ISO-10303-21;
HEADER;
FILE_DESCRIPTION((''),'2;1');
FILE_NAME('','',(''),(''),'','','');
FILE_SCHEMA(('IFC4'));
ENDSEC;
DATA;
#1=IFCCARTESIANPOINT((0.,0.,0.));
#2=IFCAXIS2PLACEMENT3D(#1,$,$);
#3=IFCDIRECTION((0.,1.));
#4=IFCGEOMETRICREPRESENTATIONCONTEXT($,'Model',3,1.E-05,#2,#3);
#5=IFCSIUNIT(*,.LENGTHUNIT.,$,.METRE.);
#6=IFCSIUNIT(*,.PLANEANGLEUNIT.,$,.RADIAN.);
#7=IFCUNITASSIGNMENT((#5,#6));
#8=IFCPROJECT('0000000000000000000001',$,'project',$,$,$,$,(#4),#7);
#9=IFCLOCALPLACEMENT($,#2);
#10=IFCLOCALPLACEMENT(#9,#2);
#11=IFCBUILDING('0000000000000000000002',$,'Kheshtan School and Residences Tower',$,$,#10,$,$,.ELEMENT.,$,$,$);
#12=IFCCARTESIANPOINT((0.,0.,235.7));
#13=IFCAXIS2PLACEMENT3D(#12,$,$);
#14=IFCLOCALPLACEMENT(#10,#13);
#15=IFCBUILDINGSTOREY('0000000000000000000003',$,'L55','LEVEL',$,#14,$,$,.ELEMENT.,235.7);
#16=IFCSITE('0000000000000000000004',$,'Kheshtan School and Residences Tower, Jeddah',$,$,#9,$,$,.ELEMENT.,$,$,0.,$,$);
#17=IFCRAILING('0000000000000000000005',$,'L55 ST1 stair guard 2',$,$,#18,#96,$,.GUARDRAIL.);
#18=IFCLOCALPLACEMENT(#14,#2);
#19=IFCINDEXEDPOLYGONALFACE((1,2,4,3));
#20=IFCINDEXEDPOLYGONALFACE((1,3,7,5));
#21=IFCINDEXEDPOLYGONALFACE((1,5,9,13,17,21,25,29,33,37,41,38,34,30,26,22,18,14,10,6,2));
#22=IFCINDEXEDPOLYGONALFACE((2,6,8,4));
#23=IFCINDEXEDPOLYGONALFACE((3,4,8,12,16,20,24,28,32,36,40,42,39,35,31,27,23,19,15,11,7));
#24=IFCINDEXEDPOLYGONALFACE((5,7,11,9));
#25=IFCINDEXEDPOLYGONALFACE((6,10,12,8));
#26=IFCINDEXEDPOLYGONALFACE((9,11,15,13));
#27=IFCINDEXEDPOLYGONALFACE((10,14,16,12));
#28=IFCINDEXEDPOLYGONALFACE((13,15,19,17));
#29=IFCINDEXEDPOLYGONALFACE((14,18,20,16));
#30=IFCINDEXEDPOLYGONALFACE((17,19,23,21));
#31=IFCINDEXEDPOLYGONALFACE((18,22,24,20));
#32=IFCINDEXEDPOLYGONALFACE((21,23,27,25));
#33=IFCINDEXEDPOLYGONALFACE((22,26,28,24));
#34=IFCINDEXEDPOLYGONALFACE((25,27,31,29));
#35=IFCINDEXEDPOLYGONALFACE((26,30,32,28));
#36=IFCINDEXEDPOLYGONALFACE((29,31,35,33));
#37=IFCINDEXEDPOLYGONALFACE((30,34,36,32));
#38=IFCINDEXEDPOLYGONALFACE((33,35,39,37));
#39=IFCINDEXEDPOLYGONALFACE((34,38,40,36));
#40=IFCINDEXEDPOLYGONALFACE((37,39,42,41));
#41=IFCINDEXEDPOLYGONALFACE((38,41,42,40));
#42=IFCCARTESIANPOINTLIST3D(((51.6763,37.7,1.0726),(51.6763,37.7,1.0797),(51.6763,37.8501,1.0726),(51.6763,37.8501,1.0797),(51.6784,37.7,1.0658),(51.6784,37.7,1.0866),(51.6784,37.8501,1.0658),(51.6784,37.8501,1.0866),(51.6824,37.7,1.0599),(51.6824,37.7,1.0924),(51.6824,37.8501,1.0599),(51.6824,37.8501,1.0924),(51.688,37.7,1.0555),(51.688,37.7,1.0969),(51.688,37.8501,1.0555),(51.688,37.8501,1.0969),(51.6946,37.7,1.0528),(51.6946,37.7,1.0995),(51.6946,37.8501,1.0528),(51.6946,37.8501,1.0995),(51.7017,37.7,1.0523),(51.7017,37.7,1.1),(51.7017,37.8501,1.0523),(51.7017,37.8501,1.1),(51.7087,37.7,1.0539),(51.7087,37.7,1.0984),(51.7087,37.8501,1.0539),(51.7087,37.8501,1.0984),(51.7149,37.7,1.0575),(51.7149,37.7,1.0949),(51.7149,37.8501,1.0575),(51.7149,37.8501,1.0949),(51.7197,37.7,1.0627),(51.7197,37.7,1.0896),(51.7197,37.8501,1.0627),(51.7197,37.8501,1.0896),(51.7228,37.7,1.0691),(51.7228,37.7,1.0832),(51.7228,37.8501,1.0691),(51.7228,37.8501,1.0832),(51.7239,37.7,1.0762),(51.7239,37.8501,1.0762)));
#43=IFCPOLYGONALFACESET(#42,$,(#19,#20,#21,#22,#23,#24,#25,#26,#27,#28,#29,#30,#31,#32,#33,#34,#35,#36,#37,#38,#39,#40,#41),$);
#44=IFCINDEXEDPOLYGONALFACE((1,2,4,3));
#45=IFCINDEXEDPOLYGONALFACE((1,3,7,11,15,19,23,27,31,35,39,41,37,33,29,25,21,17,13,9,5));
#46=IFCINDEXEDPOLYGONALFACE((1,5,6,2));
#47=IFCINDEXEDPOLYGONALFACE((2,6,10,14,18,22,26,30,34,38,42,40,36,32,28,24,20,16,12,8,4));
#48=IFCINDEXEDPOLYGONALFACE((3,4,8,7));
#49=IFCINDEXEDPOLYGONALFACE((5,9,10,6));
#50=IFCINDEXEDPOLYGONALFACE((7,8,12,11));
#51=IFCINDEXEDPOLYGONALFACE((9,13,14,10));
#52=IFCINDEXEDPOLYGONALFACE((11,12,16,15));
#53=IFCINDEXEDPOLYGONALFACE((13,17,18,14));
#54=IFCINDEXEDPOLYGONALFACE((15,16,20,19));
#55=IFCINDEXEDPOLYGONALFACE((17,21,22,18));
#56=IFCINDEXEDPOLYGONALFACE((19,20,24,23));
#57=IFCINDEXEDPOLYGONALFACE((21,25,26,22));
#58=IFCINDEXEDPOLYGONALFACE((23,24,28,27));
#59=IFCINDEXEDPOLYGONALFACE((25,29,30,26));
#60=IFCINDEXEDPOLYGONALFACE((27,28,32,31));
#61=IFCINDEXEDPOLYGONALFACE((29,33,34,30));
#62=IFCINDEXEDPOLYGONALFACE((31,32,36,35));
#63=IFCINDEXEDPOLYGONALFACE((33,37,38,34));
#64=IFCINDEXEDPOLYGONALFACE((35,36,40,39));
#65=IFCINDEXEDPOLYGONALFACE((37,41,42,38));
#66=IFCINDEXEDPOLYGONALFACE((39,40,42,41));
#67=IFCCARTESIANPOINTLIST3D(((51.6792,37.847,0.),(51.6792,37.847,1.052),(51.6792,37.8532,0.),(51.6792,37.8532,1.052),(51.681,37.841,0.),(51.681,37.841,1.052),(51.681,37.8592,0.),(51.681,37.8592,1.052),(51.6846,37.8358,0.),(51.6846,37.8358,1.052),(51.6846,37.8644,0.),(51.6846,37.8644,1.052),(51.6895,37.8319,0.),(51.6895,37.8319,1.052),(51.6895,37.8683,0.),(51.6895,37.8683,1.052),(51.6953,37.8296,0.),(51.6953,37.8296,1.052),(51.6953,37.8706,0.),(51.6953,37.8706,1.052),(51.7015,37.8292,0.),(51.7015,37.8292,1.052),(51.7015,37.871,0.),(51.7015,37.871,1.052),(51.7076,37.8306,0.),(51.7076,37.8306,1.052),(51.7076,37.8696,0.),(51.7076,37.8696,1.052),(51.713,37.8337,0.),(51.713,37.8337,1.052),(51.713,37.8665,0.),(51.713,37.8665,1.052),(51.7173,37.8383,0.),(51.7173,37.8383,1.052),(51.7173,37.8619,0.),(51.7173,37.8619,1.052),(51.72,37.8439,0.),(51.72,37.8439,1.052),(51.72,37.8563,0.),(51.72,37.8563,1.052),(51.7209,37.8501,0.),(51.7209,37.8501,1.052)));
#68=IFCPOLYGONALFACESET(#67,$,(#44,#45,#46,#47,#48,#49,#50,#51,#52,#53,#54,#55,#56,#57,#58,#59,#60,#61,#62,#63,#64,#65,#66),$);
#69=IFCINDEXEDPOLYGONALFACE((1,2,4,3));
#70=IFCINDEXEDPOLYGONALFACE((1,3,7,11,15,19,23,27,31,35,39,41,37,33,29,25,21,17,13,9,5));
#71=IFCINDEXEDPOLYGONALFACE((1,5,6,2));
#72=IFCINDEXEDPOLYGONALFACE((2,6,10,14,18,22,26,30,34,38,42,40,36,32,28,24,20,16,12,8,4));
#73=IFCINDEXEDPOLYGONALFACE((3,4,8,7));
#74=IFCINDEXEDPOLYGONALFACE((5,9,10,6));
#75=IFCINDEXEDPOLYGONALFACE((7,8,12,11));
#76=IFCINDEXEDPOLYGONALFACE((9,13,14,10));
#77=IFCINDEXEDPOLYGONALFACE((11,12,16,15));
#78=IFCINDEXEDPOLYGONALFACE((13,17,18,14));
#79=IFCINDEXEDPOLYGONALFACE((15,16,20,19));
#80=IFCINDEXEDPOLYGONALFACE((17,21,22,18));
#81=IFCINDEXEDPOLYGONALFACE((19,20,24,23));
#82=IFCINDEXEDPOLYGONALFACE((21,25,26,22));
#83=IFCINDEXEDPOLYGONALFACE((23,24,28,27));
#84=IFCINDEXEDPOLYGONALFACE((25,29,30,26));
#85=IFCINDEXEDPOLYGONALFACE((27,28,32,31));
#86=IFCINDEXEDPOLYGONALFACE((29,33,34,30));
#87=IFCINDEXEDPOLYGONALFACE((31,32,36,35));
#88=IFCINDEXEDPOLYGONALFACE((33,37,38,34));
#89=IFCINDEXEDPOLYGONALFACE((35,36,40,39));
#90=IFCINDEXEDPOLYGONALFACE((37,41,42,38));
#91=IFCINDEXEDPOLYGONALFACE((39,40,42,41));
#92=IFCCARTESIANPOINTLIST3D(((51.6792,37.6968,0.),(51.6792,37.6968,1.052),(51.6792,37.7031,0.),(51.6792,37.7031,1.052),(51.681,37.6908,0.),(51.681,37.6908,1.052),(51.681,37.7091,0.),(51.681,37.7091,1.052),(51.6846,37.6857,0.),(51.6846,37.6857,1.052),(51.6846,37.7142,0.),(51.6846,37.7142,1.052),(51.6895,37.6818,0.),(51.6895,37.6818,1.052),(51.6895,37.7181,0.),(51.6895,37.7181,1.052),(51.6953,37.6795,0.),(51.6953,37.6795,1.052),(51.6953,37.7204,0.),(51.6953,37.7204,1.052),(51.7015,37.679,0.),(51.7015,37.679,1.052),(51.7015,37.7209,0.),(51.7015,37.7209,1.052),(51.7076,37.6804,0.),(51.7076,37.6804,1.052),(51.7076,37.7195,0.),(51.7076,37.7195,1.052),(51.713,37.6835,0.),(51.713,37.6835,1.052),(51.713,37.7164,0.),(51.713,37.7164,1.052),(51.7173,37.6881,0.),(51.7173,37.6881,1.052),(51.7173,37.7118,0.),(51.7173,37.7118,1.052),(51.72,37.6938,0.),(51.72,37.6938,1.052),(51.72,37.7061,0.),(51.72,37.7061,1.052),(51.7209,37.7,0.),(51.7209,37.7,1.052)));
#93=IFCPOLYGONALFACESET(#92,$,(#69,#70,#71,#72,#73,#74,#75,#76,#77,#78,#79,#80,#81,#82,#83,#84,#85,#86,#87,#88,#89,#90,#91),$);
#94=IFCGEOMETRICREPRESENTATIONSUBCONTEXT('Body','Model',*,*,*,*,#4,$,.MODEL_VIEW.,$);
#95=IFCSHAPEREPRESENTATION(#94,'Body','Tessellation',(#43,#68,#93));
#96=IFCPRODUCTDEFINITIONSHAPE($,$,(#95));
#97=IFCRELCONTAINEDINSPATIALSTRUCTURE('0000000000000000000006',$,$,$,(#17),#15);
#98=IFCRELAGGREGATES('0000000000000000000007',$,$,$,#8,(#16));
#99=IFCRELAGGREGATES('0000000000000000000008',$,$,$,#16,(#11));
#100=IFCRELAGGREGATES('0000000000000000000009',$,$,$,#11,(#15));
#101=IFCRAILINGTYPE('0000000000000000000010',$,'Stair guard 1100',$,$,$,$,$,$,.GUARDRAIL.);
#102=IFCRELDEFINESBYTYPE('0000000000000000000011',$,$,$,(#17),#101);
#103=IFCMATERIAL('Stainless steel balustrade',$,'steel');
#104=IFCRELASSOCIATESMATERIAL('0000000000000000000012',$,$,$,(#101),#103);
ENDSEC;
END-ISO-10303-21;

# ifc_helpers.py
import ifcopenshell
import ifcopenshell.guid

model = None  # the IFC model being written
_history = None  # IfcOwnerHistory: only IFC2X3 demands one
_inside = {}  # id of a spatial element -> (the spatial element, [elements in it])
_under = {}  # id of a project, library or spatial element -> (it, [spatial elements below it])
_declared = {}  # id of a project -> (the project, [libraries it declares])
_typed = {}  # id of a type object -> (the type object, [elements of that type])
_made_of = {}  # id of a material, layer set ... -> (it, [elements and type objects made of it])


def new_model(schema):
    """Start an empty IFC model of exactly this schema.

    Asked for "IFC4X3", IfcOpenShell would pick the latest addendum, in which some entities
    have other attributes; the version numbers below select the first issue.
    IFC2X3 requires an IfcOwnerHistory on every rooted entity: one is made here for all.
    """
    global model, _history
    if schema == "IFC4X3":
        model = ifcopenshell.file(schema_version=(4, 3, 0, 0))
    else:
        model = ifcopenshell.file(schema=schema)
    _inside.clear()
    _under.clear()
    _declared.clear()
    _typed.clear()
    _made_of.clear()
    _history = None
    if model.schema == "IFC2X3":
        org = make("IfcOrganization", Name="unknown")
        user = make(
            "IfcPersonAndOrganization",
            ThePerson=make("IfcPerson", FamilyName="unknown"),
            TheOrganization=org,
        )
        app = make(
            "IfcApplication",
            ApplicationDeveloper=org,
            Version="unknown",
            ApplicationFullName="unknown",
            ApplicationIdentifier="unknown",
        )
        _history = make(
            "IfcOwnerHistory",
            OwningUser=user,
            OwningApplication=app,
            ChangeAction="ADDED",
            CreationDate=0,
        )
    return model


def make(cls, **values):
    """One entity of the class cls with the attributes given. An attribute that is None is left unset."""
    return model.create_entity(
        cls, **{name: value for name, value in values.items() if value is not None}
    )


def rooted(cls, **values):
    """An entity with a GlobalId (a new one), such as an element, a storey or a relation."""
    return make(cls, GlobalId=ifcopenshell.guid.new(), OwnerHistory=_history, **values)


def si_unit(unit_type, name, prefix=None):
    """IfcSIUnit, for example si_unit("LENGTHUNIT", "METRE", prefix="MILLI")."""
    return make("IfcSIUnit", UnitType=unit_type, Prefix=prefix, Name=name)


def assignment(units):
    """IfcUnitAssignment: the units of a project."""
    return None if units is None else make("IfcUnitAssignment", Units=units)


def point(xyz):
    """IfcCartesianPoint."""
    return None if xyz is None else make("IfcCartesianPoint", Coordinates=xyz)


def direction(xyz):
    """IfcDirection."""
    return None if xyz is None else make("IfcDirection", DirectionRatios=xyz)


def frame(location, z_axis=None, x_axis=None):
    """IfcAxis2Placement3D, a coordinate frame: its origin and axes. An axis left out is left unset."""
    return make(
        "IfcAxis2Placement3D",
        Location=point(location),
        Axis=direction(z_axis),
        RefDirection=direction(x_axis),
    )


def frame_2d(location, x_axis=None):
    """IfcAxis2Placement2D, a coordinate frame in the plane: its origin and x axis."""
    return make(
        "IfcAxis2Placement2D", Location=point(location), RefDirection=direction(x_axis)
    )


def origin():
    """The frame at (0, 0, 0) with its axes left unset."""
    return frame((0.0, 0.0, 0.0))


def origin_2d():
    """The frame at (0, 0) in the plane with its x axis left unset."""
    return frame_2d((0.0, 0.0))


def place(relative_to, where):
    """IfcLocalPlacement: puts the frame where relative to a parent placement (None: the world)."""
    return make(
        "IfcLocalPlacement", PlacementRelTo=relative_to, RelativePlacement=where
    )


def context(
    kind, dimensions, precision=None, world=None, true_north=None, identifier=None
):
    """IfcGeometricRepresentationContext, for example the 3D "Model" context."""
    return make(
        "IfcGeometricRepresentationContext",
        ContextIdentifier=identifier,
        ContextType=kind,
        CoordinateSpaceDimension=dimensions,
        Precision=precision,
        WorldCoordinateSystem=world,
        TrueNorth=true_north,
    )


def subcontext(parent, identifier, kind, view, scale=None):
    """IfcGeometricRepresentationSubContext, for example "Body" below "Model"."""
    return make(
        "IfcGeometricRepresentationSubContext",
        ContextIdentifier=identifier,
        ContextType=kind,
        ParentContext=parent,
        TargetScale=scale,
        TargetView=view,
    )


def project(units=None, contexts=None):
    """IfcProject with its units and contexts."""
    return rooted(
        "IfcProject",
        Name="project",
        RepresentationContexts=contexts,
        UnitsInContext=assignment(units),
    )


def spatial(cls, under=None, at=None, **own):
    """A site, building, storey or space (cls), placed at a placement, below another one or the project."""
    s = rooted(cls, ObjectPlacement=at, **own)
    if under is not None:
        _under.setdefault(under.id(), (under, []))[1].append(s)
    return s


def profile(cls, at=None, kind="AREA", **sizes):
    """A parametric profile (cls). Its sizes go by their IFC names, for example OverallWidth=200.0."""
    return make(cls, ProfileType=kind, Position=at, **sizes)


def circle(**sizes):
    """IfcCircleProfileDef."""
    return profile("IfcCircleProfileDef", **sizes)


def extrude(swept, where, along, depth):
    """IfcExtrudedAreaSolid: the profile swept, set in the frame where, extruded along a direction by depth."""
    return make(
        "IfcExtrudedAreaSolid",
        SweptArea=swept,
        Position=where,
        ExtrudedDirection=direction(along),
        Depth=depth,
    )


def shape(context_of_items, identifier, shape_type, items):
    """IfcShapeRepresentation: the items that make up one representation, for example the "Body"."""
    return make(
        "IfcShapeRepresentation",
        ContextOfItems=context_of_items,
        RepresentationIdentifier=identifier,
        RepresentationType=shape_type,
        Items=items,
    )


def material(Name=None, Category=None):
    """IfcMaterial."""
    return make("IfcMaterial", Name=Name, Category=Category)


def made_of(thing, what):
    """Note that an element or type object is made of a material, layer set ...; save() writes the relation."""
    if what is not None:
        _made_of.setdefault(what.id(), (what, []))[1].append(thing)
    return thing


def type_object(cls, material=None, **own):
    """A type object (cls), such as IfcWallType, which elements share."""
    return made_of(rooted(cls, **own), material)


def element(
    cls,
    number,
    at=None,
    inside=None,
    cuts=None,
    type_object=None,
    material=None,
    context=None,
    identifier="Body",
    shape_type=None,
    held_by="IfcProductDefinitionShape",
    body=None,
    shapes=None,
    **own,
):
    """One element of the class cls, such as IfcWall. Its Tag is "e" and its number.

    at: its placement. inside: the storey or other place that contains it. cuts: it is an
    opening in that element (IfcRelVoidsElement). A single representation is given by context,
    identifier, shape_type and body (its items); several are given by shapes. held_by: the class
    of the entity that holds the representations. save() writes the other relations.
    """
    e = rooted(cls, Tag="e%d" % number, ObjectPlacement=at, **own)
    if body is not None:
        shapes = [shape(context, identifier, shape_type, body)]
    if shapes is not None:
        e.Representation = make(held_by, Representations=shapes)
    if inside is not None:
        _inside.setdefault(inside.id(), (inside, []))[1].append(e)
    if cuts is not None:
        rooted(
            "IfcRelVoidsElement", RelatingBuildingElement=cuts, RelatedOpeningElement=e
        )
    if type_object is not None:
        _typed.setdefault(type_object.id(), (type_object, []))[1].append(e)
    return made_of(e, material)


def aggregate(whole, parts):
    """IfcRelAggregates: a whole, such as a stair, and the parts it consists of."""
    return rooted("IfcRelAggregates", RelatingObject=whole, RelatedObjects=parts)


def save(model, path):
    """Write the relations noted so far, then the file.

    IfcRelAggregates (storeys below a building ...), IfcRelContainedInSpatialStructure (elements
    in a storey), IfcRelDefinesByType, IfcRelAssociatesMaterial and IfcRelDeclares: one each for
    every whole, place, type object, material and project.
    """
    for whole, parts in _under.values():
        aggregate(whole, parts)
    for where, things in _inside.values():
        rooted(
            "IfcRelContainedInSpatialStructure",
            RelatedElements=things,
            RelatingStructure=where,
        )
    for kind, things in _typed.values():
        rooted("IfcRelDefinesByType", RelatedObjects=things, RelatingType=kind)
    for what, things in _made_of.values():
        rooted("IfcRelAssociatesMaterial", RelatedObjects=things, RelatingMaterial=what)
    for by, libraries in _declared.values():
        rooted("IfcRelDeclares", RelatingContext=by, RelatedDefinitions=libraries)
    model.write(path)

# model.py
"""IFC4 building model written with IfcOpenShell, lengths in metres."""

from ifc_helpers import new_model, si_unit, direction, frame, origin, origin_2d, place, context, subcontext, project, spatial, circle, extrude, material, type_object, element, save


model = new_model("IFC4")

# Units and contexts
model_context = context("Model", 3, precision=1e-05, world=origin(), true_north=direction((0.0, 1.0)))
body_context = subcontext(model_context, "Body", "Model", "MODEL_VIEW")
ifc_project = project(units=[si_unit("LENGTHUNIT", "METRE"), si_unit("PLANEANGLEUNIT", "RADIAN")], contexts=[model_context])

# Site, building, storey
site_placement = place(None, origin())
site = spatial("IfcSite", under=ifc_project, at=site_placement, Name="Kheshtan School and Residences Tower, Jeddah", CompositionType="ELEMENT", RefElevation=0.0)
building_placement = place(site_placement, origin())
building = spatial("IfcBuilding", under=site, at=building_placement, Name="Kheshtan School and Residences Tower", CompositionType="ELEMENT")
storey_placement = place(building_placement, frame((0.0, 0.0, 235.7)))
storey = spatial("IfcBuildingStorey", under=building, at=storey_placement, Name="L55", Description="LEVEL", CompositionType="ELEMENT", Elevation=235.7)

# Railing
ifc_material_1 = material(Name="Stainless steel balustrade", Category="steel")
railing_type_1 = type_object("IfcRailingType", Name="Stair guard 1100", PredefinedType="GUARDRAIL", material=ifc_material_1)
railing_1_placement = place(storey_placement, frame((51.7, 37.8501, 0.0)))
element("IfcRailing", 1, at=railing_1_placement, inside=storey, type_object=railing_type_1, Name="L55 ST1 stair guard 2", PredefinedType="GUARDRAIL", context=body_context, shape_type="SweptSolid", body=[
    extrude(circle(Radius=0.0239, at=origin_2d()), frame((0.0, 0.0, 1.0762), z_axis=(0.0, -1.0, 0.0), x_axis=(1.0, 0.0, 0.0)), (0.0, 0.0, 1.0), 0.1501),
    extrude(circle(Radius=0.021, at=origin_2d()), origin(), (0.0, 0.0, 1.0), 1.052),
    extrude(circle(Radius=0.021, at=origin_2d()), frame((0.0, -0.1501, 0.0)), (0.0, 0.0, 1.0), 1.052),
])

save(model, "model.ifc")
